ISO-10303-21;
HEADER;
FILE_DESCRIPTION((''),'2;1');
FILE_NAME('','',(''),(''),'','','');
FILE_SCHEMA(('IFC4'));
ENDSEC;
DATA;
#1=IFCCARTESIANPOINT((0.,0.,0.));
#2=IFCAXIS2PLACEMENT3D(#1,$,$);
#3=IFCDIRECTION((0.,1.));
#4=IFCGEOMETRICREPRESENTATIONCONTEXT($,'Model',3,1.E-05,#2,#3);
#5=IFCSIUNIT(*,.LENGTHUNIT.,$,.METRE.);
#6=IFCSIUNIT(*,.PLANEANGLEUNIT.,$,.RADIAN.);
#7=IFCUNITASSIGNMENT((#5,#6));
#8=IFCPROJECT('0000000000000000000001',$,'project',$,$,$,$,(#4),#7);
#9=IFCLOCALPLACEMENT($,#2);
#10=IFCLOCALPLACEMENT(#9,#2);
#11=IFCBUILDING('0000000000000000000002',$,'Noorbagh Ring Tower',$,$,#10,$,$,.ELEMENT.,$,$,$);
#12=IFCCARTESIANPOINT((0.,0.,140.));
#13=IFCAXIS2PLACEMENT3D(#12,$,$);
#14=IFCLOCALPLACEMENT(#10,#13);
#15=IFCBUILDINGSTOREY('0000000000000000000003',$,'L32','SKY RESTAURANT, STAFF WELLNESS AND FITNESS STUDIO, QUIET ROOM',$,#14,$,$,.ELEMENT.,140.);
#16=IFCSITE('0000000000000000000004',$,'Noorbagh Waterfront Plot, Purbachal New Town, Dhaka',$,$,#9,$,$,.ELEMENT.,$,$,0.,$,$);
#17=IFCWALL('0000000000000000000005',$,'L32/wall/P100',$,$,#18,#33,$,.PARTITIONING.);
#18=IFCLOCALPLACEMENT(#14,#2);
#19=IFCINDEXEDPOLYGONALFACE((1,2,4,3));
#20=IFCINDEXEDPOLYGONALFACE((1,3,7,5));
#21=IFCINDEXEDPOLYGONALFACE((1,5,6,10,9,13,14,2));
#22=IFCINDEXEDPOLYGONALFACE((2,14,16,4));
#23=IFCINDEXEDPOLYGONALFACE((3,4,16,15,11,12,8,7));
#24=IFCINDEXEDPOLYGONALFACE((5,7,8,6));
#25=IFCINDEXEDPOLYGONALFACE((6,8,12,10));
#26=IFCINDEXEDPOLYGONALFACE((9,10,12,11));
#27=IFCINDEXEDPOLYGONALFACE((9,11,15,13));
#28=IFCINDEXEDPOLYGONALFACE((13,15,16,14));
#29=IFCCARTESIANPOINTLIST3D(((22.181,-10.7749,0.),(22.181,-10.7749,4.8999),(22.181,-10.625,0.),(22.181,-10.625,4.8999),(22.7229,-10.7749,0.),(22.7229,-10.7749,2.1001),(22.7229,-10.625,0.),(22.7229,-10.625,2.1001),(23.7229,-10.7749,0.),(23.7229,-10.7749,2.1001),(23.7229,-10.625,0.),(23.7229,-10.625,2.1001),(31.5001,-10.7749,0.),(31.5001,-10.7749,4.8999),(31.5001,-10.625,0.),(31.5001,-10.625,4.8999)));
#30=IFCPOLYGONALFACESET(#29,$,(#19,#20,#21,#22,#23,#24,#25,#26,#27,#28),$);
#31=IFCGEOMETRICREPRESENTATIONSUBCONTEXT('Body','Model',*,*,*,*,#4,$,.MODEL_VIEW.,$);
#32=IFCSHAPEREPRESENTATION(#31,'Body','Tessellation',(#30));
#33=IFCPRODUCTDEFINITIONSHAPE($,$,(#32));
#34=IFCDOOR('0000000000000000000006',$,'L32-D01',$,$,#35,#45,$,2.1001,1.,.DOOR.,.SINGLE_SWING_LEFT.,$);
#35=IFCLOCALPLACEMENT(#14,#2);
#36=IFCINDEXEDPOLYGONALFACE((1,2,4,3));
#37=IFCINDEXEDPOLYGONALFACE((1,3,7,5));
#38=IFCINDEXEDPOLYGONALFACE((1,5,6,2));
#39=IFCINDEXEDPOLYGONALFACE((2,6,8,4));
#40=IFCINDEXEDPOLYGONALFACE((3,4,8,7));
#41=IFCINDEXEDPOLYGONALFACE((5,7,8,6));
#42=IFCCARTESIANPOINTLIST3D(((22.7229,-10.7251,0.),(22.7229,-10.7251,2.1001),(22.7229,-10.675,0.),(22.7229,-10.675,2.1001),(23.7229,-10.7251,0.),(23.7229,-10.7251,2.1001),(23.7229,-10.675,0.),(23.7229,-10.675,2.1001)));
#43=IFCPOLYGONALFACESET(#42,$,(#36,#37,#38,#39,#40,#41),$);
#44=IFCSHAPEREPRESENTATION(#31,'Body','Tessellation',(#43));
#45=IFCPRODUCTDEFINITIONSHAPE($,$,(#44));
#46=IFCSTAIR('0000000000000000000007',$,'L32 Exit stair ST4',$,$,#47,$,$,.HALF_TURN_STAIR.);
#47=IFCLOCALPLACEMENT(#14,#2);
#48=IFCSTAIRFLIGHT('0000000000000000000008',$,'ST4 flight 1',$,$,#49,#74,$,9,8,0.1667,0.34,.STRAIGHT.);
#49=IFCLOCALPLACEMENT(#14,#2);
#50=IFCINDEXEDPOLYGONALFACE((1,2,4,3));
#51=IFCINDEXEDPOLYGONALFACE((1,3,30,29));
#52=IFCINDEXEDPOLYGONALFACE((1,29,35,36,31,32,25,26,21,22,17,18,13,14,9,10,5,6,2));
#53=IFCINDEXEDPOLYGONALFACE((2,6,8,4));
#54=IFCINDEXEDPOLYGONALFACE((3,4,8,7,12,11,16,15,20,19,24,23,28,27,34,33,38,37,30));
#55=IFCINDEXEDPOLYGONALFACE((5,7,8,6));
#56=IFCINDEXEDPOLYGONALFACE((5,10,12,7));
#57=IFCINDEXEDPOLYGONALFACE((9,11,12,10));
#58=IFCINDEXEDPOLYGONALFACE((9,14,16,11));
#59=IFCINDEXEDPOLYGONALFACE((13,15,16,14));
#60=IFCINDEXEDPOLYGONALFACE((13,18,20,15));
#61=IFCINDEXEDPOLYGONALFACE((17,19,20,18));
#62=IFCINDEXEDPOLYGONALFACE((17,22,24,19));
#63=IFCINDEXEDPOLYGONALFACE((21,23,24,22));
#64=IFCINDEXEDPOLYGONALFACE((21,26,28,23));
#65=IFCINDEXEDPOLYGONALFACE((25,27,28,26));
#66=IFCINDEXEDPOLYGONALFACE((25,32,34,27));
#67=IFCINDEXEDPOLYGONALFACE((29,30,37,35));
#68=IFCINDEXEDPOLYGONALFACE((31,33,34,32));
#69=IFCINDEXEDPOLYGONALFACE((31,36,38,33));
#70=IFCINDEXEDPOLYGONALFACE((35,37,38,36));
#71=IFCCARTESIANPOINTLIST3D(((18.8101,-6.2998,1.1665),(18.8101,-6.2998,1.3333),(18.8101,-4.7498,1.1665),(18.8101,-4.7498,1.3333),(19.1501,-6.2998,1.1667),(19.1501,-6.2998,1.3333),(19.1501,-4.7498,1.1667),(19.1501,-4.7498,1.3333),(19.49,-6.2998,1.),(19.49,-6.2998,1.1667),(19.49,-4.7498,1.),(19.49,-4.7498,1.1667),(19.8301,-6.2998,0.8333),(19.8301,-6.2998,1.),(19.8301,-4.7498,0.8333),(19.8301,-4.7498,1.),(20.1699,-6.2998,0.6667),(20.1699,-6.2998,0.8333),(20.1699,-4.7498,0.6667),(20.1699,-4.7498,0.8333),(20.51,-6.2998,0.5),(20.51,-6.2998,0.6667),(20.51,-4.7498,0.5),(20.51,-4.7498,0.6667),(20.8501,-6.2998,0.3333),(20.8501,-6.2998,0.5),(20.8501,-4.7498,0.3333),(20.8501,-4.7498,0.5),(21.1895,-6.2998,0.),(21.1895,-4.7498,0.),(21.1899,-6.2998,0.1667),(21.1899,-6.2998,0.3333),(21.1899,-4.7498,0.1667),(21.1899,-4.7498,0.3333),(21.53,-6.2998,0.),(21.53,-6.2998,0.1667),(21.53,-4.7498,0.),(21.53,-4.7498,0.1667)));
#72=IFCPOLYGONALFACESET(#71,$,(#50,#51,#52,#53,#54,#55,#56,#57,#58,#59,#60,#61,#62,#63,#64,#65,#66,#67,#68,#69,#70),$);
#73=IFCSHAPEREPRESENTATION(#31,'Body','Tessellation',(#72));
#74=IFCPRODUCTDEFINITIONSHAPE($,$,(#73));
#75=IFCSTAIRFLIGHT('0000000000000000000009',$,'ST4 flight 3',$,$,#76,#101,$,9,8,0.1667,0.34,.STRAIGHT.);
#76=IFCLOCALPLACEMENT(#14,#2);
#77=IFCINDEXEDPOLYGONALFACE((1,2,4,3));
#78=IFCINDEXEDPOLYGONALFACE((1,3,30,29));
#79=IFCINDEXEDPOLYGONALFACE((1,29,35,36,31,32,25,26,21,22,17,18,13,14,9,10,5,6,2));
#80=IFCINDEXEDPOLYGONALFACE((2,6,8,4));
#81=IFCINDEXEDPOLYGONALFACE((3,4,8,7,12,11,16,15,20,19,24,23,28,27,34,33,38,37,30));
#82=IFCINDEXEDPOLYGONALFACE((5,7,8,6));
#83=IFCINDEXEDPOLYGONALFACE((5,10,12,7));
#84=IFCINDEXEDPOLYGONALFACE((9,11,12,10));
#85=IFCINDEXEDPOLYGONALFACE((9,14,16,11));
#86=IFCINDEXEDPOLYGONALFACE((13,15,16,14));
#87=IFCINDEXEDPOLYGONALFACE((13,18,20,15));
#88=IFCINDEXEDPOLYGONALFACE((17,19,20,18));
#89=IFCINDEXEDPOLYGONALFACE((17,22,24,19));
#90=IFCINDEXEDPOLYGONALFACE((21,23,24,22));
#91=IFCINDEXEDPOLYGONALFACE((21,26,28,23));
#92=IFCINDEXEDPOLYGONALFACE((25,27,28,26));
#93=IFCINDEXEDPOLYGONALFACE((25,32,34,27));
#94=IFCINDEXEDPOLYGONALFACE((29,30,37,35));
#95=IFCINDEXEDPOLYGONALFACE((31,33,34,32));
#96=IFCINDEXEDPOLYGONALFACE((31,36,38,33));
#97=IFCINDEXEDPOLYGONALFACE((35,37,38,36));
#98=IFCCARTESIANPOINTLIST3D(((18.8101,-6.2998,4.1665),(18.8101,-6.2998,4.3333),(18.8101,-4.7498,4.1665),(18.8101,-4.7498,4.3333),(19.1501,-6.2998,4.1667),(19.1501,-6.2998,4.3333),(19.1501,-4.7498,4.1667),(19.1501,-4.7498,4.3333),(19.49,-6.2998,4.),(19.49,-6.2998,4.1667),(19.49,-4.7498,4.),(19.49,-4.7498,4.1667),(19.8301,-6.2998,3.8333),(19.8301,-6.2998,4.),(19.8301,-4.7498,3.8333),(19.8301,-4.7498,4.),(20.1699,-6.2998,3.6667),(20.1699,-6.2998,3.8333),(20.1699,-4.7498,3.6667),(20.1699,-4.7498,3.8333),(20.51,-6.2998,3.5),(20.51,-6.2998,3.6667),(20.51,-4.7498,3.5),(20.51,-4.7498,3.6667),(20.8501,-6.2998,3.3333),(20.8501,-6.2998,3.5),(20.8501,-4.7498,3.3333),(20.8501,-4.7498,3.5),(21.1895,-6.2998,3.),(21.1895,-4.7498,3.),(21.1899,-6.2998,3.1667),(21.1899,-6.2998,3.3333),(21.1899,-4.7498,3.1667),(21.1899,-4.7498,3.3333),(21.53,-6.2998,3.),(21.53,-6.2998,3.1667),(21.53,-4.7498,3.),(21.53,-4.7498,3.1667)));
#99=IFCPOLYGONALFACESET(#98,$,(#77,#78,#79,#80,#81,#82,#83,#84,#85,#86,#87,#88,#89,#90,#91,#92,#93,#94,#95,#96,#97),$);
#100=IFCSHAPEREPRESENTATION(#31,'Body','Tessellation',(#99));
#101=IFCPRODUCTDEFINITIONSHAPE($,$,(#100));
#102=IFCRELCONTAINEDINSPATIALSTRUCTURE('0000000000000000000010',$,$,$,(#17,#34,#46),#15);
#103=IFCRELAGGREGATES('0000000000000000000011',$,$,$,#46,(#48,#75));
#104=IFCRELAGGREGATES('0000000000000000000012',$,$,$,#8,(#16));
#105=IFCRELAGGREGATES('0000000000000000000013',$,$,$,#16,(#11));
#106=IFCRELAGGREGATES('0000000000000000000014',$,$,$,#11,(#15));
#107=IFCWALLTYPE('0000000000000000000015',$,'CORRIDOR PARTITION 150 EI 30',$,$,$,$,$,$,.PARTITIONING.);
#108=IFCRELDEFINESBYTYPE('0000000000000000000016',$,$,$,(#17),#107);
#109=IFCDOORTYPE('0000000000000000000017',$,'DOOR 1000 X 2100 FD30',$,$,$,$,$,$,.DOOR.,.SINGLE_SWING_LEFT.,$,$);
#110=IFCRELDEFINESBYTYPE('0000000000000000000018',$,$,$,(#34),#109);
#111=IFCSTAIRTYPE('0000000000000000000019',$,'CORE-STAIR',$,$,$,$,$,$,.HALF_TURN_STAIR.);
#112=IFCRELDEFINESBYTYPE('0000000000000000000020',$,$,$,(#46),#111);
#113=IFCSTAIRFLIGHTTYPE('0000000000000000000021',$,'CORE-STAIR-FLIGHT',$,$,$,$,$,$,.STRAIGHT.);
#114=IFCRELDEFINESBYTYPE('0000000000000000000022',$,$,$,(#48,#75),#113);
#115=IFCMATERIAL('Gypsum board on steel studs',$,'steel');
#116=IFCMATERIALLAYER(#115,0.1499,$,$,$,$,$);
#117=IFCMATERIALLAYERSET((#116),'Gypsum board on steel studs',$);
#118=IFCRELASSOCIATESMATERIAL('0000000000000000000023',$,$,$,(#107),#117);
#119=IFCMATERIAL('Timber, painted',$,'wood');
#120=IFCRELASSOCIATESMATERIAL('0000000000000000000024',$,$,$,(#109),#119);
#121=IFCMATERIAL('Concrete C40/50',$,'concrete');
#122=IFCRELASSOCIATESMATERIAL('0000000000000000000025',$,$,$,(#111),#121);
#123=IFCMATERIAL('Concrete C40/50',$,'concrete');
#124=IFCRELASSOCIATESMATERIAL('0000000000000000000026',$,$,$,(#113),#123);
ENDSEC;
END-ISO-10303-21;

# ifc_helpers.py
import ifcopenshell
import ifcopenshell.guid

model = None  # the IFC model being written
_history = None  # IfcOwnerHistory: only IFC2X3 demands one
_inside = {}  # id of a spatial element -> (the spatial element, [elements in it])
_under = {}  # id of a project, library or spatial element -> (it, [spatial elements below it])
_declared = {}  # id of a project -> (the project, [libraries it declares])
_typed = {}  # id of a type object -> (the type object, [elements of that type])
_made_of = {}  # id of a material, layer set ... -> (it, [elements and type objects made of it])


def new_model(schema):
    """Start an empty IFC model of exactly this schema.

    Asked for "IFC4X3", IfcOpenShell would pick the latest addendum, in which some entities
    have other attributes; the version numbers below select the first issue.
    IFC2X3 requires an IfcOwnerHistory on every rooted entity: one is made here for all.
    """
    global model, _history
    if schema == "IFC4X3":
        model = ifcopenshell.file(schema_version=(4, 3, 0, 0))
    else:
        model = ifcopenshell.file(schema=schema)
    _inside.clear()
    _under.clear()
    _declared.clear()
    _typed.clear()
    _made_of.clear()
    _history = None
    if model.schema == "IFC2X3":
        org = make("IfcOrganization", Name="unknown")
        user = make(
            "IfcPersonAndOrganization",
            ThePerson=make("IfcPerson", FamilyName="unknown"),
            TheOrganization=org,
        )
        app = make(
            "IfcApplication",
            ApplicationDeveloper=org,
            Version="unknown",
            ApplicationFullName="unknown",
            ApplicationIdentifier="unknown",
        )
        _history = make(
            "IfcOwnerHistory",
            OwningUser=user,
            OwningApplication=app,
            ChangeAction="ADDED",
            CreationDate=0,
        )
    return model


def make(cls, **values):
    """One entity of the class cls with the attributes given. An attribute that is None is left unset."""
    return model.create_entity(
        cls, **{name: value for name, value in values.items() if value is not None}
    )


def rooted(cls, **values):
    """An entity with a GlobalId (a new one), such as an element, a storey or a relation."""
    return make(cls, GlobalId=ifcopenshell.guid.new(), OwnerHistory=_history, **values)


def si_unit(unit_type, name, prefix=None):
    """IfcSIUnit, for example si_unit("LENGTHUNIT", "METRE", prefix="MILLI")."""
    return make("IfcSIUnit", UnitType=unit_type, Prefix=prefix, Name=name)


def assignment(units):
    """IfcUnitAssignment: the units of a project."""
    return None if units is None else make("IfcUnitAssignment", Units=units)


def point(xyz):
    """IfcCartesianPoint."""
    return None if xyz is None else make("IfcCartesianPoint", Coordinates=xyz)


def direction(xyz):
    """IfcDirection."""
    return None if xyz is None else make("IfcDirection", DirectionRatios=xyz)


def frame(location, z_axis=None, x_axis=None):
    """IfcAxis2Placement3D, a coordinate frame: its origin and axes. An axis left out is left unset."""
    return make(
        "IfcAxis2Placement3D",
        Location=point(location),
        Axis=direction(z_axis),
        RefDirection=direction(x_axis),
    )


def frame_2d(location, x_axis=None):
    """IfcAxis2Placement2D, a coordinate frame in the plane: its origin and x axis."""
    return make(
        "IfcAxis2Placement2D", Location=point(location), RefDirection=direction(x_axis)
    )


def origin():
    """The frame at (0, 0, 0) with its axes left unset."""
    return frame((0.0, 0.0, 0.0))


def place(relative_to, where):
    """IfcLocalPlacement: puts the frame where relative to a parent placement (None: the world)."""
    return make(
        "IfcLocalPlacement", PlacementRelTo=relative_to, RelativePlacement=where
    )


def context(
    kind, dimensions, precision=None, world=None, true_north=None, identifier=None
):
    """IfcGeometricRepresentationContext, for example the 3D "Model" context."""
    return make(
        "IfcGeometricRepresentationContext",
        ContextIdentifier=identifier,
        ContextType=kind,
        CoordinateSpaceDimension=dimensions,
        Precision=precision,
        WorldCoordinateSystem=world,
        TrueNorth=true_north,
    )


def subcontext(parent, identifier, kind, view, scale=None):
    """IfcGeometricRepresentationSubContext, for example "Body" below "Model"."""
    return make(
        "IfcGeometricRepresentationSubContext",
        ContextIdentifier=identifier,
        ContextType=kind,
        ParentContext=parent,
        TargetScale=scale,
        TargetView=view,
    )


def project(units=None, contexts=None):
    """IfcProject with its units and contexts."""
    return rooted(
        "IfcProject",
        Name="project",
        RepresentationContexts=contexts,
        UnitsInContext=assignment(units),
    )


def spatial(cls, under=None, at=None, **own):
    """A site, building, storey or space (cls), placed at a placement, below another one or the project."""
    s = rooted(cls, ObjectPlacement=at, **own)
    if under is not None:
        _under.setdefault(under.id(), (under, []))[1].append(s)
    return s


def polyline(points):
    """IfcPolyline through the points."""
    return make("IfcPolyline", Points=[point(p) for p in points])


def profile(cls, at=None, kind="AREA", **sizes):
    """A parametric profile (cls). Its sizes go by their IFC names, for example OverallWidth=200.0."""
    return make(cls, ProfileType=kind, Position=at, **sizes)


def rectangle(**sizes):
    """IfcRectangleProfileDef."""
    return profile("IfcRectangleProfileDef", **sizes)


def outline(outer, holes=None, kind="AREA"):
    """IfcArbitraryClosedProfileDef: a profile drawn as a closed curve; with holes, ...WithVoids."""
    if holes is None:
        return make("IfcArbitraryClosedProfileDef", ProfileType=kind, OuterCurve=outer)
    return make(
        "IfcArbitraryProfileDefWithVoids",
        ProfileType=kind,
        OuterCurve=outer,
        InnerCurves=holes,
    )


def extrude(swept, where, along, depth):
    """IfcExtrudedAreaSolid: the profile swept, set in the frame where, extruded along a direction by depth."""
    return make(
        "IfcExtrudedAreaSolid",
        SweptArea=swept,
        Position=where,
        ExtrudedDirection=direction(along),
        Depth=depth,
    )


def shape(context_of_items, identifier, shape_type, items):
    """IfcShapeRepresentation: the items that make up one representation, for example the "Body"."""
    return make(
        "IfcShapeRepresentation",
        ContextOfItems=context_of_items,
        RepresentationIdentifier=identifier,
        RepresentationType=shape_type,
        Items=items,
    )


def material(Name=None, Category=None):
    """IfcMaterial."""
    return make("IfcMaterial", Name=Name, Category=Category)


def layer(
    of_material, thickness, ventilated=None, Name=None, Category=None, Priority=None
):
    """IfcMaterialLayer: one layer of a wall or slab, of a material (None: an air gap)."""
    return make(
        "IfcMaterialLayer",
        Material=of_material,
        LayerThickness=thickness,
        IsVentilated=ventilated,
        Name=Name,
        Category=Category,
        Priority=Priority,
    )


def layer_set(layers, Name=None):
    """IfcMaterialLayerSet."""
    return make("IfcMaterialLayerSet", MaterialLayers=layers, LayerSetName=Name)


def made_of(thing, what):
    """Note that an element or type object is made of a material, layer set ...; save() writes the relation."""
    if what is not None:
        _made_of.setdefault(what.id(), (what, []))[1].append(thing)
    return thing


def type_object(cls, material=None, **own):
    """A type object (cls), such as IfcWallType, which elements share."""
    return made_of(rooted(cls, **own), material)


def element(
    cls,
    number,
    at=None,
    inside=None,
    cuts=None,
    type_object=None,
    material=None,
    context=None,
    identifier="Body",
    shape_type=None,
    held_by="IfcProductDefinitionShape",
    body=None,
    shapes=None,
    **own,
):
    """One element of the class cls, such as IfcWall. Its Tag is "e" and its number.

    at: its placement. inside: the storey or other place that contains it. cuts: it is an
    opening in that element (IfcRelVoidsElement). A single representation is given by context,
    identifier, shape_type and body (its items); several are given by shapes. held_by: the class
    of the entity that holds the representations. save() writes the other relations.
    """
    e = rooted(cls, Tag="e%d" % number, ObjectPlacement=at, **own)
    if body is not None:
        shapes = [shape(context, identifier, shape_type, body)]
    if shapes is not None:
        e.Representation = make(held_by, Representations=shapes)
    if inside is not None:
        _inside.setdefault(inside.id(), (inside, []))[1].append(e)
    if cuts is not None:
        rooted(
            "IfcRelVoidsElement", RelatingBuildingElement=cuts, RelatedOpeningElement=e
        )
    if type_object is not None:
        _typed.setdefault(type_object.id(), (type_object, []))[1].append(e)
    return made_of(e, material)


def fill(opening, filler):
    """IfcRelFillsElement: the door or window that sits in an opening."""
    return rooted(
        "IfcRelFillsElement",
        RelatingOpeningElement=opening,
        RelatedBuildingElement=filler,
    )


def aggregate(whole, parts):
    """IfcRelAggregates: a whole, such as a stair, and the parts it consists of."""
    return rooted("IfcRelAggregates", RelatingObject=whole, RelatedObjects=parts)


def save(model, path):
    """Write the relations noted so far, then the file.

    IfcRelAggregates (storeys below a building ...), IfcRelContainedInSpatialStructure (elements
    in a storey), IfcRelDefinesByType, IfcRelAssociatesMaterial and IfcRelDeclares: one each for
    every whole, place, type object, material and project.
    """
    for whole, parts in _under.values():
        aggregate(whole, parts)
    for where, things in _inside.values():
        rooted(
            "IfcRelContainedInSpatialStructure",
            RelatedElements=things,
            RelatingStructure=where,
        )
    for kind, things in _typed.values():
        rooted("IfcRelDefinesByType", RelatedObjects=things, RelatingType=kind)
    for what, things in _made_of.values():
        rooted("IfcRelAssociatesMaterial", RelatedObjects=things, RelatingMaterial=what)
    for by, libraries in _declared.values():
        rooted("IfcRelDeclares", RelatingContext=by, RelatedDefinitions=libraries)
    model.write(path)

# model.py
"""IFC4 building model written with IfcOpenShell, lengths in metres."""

from ifc_helpers import new_model, si_unit, direction, frame, frame_2d, origin, place, context, subcontext, project, spatial, polyline, rectangle, outline, extrude, material, layer, layer_set, type_object, element, fill, aggregate, save


model = new_model("IFC4")

# Units and contexts
model_context = context("Model", 3, precision=1e-05, world=origin(), true_north=direction((0.0, 1.0)))
body_context = subcontext(model_context, "Body", "Model", "MODEL_VIEW")
ifc_project = project(units=[si_unit("LENGTHUNIT", "METRE"), si_unit("PLANEANGLEUNIT", "RADIAN")], contexts=[model_context])

# Site, building, storey
site_placement = place(None, origin())
site = spatial("IfcSite", under=ifc_project, at=site_placement, Name="Noorbagh Waterfront Plot, Purbachal New Town, Dhaka", CompositionType="ELEMENT", RefElevation=0.0)
building_placement = place(site_placement, origin())
building = spatial("IfcBuilding", under=site, at=building_placement, Name="Noorbagh Ring Tower", CompositionType="ELEMENT")
storey_placement = place(building_placement, frame((0.0, 0.0, 140.0)))
storey = spatial("IfcBuildingStorey", under=building, at=storey_placement, Name="L32", Description="SKY RESTAURANT, STAFF WELLNESS AND FITNESS STUDIO, QUIET ROOM", CompositionType="ELEMENT", Elevation=140.0)

# Wall, opening, door
ifc_material_1 = material(Name="Gypsum board on steel studs", Category="steel")
ifc_layer_1 = layer(ifc_material_1, 0.1499)
ifc_layer_set_1 = layer_set([ifc_layer_1], Name="Gypsum board on steel studs")
wall_type_1 = type_object("IfcWallType", Name="CORRIDOR PARTITION 150 EI 30", PredefinedType="PARTITIONING", material=ifc_layer_set_1)
wall_1_placement = place(storey_placement, frame((22.1809, -10.7, 0.0), z_axis=(0.0, 0.0, 1.0), x_axis=(1.0, 0.0, 0.0)))
wall_1 = element("IfcWall", 1, at=wall_1_placement, inside=storey, type_object=wall_type_1, Name="L32/wall/P100", PredefinedType="PARTITIONING", context=body_context, shape_type="SweptSolid", body=[
    extrude(rectangle(XDim=9.3191, YDim=0.1499, at=frame_2d((4.6597, 0.0))), origin(), (0.0, 0.0, 1.0), 4.8999),
])
opening_1_placement = place(wall_1_placement, frame((0.542, 0.0, 0.0)))
opening_1 = element("IfcOpeningElement", 2, at=opening_1_placement, cuts=wall_1, PredefinedType="OPENING", context=body_context, shape_type="SweptSolid", body=[
    extrude(rectangle(XDim=1.0, YDim=2.1001, at=frame_2d((0.5, 1.05))), frame((0.0, 0.085, 0.0), z_axis=(0.0, -1.0, 0.0), x_axis=(1.0, 0.0, 0.0)), (0.0, 0.0, 1.0), 0.1699),
])
ifc_material_2 = material(Name="Timber, painted", Category="wood")
door_type_1 = type_object("IfcDoorType", Name="DOOR 1000 X 2100 FD30", OperationType="SINGLE_SWING_LEFT", PredefinedType="DOOR", material=ifc_material_2)
door_1_placement = place(opening_1_placement, origin())
door_1 = element("IfcDoor", 3, at=door_1_placement, inside=storey, type_object=door_type_1, Name="L32-D01", OperationType="SINGLE_SWING_LEFT", OverallHeight=2.1001, OverallWidth=1.0, PredefinedType="DOOR", context=body_context, shape_type="SweptSolid", body=[
    extrude(rectangle(XDim=1.0, YDim=2.1001, at=frame_2d((0.5, 1.05))), frame((0.0, 0.0249, 0.0), z_axis=(0.0, -1.0, 0.0), x_axis=(1.0, 0.0, 0.0)), (0.0, 0.0, 1.0), 0.05),
])
fill(opening_1, door_1)

# Stair, stair flights
ifc_material_3 = material(Name="Concrete C40/50", Category="concrete")
stair_type = type_object("IfcStairType", Name="CORE-STAIR", PredefinedType="HALF_TURN_STAIR", material=ifc_material_3)
stair_placement = place(storey_placement, origin())
stair = element("IfcStair", 4, at=stair_placement, inside=storey, type_object=stair_type, Name="L32 Exit stair ST4", PredefinedType="HALF_TURN_STAIR")
ifc_material_4 = material(Name="Concrete C40/50", Category="concrete")
stair_flight_type = type_object("IfcStairFlightType", Name="CORE-STAIR-FLIGHT", PredefinedType="STRAIGHT", material=ifc_material_4)
stair_flight_1_placement = place(storey_placement, frame((21.53, -5.5249, 0.0), z_axis=(0.0, 0.0, 1.0), x_axis=(-1.0, 0.0, 0.0)))
stair_flight_1 = element("IfcStairFlight", 5, at=stair_flight_1_placement, type_object=stair_flight_type, Name="ST4 flight 1", NumberOfRisers=9, NumberOfTreads=8, PredefinedType="STRAIGHT", RiserHeight=0.1667, TreadLength=0.34, context=body_context, shape_type="SweptSolid", body=[
    extrude(outline(polyline([(0.0, 0.0), (0.0, 0.1667), (0.3401, 0.1667), (0.3401, 0.3333), (0.6799, 0.3333), (0.6799, 0.5), (1.02, 0.5), (1.02, 0.6667), (1.3601, 0.6667), (1.3601, 0.8333), (1.7, 0.8333), (1.7, 1.0), (2.04, 1.0), (2.04, 1.1667), (2.3799, 1.1667), (2.3799, 1.3333), (2.72, 1.3333), (2.72, 1.5), (2.72, 1.1665), (0.3406, 0.0), (0.0, 0.0)])), frame((0.0, 0.7749, 0.0), z_axis=(0.0, -1.0, 0.0), x_axis=(1.0, 0.0, 0.0)), (0.0, 0.0, 1.0), 1.55),
])
stair_flight_2_placement = place(storey_placement, frame((21.53, -5.5249, 3.0), z_axis=(0.0, 0.0, 1.0), x_axis=(-1.0, 0.0, 0.0)))
stair_flight_2 = element("IfcStairFlight", 6, at=stair_flight_2_placement, type_object=stair_flight_type, Name="ST4 flight 3", NumberOfRisers=9, NumberOfTreads=8, PredefinedType="STRAIGHT", RiserHeight=0.1667, TreadLength=0.34, context=body_context, shape_type="SweptSolid", body=[
    extrude(outline(polyline([(0.0, 0.0), (0.0, 0.1667), (0.3401, 0.1667), (0.3401, 0.3333), (0.6799, 0.3333), (0.6799, 0.5), (1.02, 0.5), (1.02, 0.6667), (1.3601, 0.6667), (1.3601, 0.8333), (1.7, 0.8333), (1.7, 1.0), (2.04, 1.0), (2.04, 1.1667), (2.3799, 1.1667), (2.3799, 1.3333), (2.72, 1.3333), (2.72, 1.5), (2.72, 1.1665), (0.3406, 0.0), (0.0, 0.0)])), frame((0.0, 0.7749, 0.0), z_axis=(0.0, -1.0, 0.0), x_axis=(1.0, 0.0, 0.0)), (0.0, 0.0, 1.0), 1.55),
])
aggregate(stair, [stair_flight_1, stair_flight_2])

save(model, "model.ifc")
